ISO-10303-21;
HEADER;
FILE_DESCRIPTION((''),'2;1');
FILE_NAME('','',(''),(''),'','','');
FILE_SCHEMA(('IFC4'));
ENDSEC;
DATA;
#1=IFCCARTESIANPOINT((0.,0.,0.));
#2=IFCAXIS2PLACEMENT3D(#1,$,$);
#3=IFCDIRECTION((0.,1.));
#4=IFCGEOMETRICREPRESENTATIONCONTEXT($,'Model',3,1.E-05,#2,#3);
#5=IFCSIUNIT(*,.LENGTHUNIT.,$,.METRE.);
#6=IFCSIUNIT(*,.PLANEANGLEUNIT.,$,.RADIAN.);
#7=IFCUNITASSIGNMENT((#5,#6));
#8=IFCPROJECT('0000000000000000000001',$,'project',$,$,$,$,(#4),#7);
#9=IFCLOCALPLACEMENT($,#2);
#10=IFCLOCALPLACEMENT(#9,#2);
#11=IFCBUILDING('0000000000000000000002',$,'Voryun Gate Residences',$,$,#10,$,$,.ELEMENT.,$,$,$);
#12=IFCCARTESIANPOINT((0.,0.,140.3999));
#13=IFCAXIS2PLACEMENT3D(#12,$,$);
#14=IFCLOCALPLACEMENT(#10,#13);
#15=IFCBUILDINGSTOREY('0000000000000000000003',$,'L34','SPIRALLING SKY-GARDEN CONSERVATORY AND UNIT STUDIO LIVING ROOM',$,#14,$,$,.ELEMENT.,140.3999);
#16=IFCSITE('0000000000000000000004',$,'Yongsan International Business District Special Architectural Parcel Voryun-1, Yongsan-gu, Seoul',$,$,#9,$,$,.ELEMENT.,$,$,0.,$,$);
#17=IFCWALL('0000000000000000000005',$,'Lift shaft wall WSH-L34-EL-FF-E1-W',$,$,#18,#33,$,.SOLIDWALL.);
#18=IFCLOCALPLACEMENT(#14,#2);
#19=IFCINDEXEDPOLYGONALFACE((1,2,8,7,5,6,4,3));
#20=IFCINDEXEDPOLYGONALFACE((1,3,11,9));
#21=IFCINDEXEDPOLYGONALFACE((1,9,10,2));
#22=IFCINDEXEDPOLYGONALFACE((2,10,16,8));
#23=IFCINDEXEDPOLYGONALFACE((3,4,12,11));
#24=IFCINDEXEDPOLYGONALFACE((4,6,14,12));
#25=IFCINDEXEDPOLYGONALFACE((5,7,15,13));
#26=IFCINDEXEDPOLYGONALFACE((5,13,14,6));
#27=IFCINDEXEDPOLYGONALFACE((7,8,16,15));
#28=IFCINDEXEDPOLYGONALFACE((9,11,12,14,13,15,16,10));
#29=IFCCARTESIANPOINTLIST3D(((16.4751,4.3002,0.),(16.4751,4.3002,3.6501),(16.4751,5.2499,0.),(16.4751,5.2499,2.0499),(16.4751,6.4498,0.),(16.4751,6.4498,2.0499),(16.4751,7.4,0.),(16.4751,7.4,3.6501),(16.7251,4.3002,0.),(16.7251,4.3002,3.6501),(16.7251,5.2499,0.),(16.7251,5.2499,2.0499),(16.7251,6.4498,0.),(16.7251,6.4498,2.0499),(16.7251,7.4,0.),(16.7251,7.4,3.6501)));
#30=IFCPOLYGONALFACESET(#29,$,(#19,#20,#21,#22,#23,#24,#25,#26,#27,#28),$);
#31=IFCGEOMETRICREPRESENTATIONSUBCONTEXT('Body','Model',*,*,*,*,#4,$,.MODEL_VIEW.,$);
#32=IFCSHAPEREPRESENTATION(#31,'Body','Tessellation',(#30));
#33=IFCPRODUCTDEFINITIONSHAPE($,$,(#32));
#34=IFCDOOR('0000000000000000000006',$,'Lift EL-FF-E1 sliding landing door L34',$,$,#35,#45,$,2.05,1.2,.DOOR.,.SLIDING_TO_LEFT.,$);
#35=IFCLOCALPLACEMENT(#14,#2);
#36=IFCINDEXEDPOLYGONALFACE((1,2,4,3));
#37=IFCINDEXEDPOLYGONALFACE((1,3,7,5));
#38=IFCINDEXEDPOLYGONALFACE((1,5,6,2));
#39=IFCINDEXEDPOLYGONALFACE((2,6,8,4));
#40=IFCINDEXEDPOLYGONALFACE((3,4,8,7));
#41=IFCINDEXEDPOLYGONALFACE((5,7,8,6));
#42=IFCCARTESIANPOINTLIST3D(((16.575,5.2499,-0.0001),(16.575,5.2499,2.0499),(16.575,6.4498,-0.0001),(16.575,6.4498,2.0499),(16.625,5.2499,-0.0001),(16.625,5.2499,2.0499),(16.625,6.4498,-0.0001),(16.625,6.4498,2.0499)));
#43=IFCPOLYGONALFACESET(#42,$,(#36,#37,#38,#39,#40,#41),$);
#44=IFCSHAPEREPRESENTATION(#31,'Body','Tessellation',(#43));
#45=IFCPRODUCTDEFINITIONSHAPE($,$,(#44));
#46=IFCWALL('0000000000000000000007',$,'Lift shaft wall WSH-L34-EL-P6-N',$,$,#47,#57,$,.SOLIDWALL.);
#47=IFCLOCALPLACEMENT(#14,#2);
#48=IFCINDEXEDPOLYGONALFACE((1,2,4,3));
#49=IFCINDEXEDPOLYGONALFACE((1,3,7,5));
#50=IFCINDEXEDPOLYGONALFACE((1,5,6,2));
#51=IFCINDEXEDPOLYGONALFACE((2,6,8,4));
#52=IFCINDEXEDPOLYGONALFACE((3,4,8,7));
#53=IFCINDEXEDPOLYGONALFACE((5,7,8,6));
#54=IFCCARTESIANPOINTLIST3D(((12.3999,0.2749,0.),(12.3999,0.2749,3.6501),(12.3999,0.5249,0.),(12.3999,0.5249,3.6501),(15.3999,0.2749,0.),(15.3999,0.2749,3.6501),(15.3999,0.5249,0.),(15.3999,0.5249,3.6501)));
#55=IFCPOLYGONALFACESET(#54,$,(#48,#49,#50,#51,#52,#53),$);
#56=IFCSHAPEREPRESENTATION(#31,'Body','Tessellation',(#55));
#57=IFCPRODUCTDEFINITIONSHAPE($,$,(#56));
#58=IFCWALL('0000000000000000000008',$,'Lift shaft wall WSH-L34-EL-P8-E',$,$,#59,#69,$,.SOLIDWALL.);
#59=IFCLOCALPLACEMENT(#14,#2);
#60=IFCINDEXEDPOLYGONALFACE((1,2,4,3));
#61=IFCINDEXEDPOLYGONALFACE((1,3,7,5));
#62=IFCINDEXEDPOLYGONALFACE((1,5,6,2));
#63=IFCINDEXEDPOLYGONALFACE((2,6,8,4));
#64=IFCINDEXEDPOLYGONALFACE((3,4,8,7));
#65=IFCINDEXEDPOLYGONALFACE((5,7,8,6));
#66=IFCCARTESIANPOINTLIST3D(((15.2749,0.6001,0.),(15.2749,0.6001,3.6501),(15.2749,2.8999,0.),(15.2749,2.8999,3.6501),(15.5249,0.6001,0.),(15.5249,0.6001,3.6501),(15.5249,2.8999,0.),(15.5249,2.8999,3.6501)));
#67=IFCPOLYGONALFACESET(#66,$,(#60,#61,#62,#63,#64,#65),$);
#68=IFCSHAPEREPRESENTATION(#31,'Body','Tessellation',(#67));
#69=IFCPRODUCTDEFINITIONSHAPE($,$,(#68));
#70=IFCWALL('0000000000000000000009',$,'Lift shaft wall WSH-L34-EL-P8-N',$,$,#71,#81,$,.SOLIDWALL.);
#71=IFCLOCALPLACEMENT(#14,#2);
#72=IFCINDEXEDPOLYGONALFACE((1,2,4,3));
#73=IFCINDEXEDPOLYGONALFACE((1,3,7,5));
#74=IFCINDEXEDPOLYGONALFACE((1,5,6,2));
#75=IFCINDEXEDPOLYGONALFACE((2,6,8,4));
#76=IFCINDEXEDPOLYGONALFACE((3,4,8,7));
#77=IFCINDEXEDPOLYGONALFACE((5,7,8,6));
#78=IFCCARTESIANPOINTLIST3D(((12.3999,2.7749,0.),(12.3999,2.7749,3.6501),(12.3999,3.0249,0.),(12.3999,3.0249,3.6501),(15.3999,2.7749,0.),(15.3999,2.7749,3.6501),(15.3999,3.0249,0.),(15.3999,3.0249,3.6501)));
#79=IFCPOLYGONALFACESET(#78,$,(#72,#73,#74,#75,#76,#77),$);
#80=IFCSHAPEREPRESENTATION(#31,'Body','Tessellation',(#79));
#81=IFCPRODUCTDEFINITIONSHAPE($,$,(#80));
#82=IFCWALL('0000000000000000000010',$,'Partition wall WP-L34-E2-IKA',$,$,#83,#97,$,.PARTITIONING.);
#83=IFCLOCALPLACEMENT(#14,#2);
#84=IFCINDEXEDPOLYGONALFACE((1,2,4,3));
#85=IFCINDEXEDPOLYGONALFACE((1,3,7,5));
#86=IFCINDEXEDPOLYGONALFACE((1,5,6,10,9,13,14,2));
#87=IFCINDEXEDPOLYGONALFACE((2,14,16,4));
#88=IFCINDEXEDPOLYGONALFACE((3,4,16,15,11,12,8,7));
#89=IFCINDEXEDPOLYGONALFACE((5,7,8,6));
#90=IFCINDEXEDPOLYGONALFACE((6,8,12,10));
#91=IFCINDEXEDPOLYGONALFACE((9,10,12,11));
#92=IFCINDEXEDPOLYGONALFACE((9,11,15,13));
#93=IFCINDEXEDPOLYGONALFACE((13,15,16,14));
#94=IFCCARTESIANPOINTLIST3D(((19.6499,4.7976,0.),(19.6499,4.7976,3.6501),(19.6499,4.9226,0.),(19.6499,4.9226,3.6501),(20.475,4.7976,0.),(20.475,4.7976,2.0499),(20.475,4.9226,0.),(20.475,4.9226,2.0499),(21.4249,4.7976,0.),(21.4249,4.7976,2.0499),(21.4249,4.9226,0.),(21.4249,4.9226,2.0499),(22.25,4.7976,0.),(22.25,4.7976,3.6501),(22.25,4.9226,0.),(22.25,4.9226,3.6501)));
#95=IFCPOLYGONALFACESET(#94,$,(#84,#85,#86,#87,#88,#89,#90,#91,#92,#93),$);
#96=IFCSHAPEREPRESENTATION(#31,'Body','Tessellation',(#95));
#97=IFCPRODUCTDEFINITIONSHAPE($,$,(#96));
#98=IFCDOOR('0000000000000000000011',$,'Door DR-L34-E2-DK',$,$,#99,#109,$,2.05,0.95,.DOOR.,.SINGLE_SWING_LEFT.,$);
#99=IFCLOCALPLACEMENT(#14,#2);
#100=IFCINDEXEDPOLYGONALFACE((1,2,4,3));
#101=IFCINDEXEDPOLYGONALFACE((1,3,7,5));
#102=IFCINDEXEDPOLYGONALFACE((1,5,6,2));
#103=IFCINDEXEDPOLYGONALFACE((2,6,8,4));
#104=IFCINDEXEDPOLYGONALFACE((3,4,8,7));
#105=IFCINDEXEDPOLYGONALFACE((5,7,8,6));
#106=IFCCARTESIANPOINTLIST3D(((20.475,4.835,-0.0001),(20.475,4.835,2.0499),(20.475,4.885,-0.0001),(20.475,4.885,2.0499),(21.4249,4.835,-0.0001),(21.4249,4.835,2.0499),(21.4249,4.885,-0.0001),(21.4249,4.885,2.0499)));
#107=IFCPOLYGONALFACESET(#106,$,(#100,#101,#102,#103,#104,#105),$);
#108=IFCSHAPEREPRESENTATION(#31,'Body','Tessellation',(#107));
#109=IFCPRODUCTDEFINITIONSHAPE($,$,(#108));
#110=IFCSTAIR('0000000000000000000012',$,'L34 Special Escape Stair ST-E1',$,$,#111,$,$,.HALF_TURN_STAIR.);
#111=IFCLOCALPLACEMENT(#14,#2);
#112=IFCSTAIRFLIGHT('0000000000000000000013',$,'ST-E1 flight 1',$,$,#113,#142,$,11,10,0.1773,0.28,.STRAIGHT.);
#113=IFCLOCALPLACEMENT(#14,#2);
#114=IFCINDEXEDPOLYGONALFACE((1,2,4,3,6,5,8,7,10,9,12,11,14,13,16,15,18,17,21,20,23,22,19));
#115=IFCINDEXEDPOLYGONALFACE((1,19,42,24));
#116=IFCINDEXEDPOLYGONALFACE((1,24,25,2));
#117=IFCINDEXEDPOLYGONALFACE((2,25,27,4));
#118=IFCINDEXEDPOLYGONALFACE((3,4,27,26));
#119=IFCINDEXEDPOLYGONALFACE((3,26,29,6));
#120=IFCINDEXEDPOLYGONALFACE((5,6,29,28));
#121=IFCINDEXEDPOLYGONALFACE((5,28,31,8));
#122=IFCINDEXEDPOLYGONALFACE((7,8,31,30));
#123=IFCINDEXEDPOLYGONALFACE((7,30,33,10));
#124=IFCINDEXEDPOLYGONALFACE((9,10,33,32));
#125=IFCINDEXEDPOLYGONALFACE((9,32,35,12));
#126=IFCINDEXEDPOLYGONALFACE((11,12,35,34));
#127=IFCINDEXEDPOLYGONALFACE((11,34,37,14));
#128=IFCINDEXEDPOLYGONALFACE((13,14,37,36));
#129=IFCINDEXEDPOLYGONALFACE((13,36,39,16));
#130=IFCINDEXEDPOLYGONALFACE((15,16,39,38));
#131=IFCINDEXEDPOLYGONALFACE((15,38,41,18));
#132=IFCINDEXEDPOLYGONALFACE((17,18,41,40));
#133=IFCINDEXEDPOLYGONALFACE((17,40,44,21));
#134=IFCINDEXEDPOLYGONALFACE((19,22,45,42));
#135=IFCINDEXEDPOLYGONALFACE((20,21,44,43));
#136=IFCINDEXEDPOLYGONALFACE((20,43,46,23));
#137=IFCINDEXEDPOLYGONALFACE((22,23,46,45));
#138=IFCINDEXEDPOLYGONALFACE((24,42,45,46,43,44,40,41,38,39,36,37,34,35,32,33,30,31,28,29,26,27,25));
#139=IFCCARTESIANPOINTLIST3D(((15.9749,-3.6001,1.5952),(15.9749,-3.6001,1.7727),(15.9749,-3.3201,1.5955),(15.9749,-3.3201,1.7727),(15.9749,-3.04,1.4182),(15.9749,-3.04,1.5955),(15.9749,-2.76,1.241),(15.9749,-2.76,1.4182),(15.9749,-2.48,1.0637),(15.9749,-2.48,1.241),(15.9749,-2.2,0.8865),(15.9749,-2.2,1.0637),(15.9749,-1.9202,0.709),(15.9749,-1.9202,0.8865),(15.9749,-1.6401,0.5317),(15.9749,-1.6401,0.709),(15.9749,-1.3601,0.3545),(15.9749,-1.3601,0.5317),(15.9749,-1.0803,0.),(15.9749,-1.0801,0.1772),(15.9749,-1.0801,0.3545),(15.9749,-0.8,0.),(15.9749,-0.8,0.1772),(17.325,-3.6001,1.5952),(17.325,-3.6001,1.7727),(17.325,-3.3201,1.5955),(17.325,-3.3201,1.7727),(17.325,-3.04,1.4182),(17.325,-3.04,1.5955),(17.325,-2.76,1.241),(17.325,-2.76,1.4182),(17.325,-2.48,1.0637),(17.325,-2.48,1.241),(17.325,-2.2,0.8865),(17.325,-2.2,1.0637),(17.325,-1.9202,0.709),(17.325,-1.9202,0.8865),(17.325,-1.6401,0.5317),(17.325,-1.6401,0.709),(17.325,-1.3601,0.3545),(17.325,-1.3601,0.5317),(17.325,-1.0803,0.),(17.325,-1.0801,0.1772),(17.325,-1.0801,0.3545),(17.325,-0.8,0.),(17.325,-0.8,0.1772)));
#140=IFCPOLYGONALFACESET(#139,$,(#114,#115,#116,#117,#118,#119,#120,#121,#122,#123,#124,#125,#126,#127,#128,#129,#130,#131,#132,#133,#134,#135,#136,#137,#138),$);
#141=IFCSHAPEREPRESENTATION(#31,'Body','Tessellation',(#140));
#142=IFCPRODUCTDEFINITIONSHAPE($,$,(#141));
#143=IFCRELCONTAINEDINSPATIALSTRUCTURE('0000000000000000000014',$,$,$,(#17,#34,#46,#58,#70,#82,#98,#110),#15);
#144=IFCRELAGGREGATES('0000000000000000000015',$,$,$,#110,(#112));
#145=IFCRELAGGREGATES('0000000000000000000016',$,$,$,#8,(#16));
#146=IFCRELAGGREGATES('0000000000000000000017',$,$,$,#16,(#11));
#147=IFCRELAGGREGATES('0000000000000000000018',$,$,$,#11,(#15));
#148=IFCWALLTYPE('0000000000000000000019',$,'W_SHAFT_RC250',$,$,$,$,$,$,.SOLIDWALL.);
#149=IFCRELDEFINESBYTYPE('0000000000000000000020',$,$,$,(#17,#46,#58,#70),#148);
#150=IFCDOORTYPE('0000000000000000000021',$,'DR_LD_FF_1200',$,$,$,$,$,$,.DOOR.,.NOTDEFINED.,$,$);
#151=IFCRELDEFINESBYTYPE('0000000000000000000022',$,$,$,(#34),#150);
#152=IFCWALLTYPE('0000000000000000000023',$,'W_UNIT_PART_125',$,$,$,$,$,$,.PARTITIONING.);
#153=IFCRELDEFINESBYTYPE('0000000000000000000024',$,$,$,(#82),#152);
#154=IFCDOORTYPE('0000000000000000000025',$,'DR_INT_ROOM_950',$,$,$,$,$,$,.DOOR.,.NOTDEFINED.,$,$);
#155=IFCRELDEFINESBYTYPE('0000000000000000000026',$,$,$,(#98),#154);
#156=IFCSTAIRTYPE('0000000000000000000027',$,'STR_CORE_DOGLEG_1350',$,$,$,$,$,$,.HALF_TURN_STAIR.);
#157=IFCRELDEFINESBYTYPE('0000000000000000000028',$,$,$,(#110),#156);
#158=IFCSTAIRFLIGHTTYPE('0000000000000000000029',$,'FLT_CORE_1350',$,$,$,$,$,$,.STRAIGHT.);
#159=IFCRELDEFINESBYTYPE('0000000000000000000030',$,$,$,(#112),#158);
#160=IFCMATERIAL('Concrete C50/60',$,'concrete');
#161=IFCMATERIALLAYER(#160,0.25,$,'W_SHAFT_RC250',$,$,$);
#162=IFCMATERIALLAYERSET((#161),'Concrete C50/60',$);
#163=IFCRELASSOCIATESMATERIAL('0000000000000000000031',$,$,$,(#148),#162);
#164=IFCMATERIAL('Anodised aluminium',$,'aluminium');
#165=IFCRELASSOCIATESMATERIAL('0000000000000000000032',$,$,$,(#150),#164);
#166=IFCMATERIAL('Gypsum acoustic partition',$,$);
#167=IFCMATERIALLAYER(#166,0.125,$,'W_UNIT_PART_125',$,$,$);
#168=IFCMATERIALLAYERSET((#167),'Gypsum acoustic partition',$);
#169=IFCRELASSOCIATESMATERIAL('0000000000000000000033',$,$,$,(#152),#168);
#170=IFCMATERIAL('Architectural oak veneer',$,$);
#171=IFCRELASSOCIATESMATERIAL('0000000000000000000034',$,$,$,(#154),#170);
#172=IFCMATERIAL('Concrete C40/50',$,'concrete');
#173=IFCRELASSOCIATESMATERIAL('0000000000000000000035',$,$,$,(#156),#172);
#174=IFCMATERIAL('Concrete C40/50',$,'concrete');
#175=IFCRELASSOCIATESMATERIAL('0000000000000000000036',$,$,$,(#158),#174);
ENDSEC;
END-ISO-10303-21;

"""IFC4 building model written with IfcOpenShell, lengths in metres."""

from ifc_helpers import new_model, si_unit, direction, frame, frame_2d, origin, place, context, subcontext, project, spatial, polyline, rectangle, outline, extrude, material, layer, layer_set, type_object, element, fill, aggregate, save


model = new_model("IFC4")

# Units and contexts
model_context = context("Model", 3, precision=1e-05, world=origin(), true_north=direction((0.0, 1.0)))
body_context = subcontext(model_context, "Body", "Model", "MODEL_VIEW")
ifc_project = project(units=[si_unit("LENGTHUNIT", "METRE"), si_unit("PLANEANGLEUNIT", "RADIAN")], contexts=[model_context])

# Site, building, storey
site_placement = place(None, origin())
site = spatial("IfcSite", under=ifc_project, at=site_placement, Name="Yongsan International Business District Special Architectural Parcel Voryun-1, Yongsan-gu, Seoul", CompositionType="ELEMENT", RefElevation=0.0)
building_placement = place(site_placement, origin())
building = spatial("IfcBuilding", under=site, at=building_placement, Name="Voryun Gate Residences", CompositionType="ELEMENT")
storey_placement = place(building_placement, frame((0.0, 0.0, 140.3999)))
storey = spatial("IfcBuildingStorey", under=building, at=storey_placement, Name="L34", Description="SPIRALLING SKY-GARDEN CONSERVATORY AND UNIT STUDIO LIVING ROOM", CompositionType="ELEMENT", Elevation=140.3999)

# Shared definitions
ifc_material_1 = material(Name="Concrete C50/60", Category="concrete")
ifc_layer_1 = layer(ifc_material_1, 0.25, Name="W_SHAFT_RC250")
ifc_layer_set_1 = layer_set([ifc_layer_1], Name="Concrete C50/60")
wall_type_1 = type_object("IfcWallType", Name="W_SHAFT_RC250", PredefinedType="SOLIDWALL", material=ifc_layer_set_1)

# Wall, opening, door
wall_1_placement = place(storey_placement, frame((16.6001, 7.3999, 0.0), z_axis=(0.0, 0.0, 1.0), x_axis=(0.0, -1.0, 0.0)))
wall_1 = element("IfcWall", 1, at=wall_1_placement, inside=storey, type_object=wall_type_1, Name="Lift shaft wall WSH-L34-EL-FF-E1-W", PredefinedType="SOLIDWALL", context=body_context, shape_type="SweptSolid", body=[
    extrude(rectangle(XDim=3.0999, YDim=0.25, at=frame_2d((1.5498, 0.0))), origin(), (0.0, 0.0, 1.0), 3.6501),
])
opening_1_placement = place(wall_1_placement, frame((0.95, 0.0, 0.0)))
opening_1 = element("IfcOpeningElement", 2, at=opening_1_placement, cuts=wall_1, PredefinedType="OPENING", context=body_context, shape_type="SweptSolid", body=[
    extrude(rectangle(XDim=1.2, YDim=2.05, at=frame_2d((0.6001, 1.0249))), frame((0.0, 0.135, 0.0), z_axis=(0.0, -1.0, 0.0), x_axis=(1.0, 0.0, 0.0)), (0.0, 0.0, 1.0), 0.27),
])
ifc_material_2 = material(Name="Anodised aluminium", Category="aluminium")
door_type_1 = type_object("IfcDoorType", Name="DR_LD_FF_1200", OperationType="NOTDEFINED", PredefinedType="DOOR", material=ifc_material_2)
door_1_placement = place(opening_1_placement, origin())
door_1 = element("IfcDoor", 3, at=door_1_placement, inside=storey, type_object=door_type_1, Name="Lift EL-FF-E1 sliding landing door L34", OperationType="SLIDING_TO_LEFT", OverallHeight=2.05, OverallWidth=1.2, PredefinedType="DOOR", context=body_context, shape_type="SweptSolid", body=[
    extrude(rectangle(XDim=1.2, YDim=2.05, at=frame_2d((0.6001, 1.0249))), frame((0.0, 0.0249, 0.0), z_axis=(0.0, -1.0, 0.0), x_axis=(1.0, 0.0, 0.0)), (0.0, 0.0, 1.0), 0.05),
])
fill(opening_1, door_1)

# Walls
wall_2_placement = place(storey_placement, frame((15.3999, 0.3999, 0.0), z_axis=(0.0, 0.0, 1.0), x_axis=(-1.0, 0.0, 0.0)))
element("IfcWall", 4, at=wall_2_placement, inside=storey, type_object=wall_type_1, Name="Lift shaft wall WSH-L34-EL-P6-N", PredefinedType="SOLIDWALL", context=body_context, shape_type="SweptSolid", body=[
    extrude(rectangle(XDim=3.0, YDim=0.25, at=frame_2d((1.5, 0.0))), origin(), (0.0, 0.0, 1.0), 3.6501),
])
wall_3_placement = place(storey_placement, frame((15.3999, 0.6001, 0.0), z_axis=(0.0, 0.0, 1.0), x_axis=(0.0, 1.0, 0.0)))
element("IfcWall", 5, at=wall_3_placement, inside=storey, type_object=wall_type_1, Name="Lift shaft wall WSH-L34-EL-P8-E", PredefinedType="SOLIDWALL", context=body_context, shape_type="SweptSolid", body=[
    extrude(rectangle(XDim=2.2998, YDim=0.25, at=frame_2d((1.1499, 0.0))), origin(), (0.0, 0.0, 1.0), 3.6501),
])
wall_4_placement = place(storey_placement, frame((15.3999, 2.8999, 0.0), z_axis=(0.0, 0.0, 1.0), x_axis=(-1.0, 0.0, 0.0)))
element("IfcWall", 6, at=wall_4_placement, inside=storey, type_object=wall_type_1, Name="Lift shaft wall WSH-L34-EL-P8-N", PredefinedType="SOLIDWALL", context=body_context, shape_type="SweptSolid", body=[
    extrude(rectangle(XDim=3.0, YDim=0.25, at=frame_2d((1.5, 0.0))), origin(), (0.0, 0.0, 1.0), 3.6501),
])

# Wall, opening, door
ifc_material_3 = material(Name="Gypsum acoustic partition")
ifc_layer_2 = layer(ifc_material_3, 0.125, Name="W_UNIT_PART_125")
ifc_layer_set_2 = layer_set([ifc_layer_2], Name="Gypsum acoustic partition")
wall_type_2 = type_object("IfcWallType", Name="W_UNIT_PART_125", PredefinedType="PARTITIONING", material=ifc_layer_set_2)
wall_5_placement = place(storey_placement, frame((19.6499, 4.8601, 0.0), z_axis=(0.0, 0.0, 1.0), x_axis=(1.0, 0.0, 0.0)))
wall_5 = element("IfcWall", 7, at=wall_5_placement, inside=storey, type_object=wall_type_2, Name="Partition wall WP-L34-E2-IKA", PredefinedType="PARTITIONING", context=body_context, shape_type="SweptSolid", body=[
    extrude(rectangle(XDim=2.6001, YDim=0.125, at=frame_2d((1.3, 0.0))), origin(), (0.0, 0.0, 1.0), 3.6501),
])
opening_2_placement = place(wall_5_placement, frame((0.825, 0.0, 0.0)))
opening_2 = element("IfcOpeningElement", 8, at=opening_2_placement, cuts=wall_5, PredefinedType="OPENING", context=body_context, shape_type="SweptSolid", body=[
    extrude(rectangle(XDim=0.95, YDim=2.05, at=frame_2d((0.4751, 1.0249))), frame((0.0, 0.0725, 0.0), z_axis=(0.0, -1.0, 0.0), x_axis=(1.0, 0.0, 0.0)), (0.0, 0.0, 1.0), 0.145),
])
ifc_material_4 = material(Name="Architectural oak veneer")
door_type_2 = type_object("IfcDoorType", Name="DR_INT_ROOM_950", OperationType="NOTDEFINED", PredefinedType="DOOR", material=ifc_material_4)
door_2_placement = place(opening_2_placement, origin())
door_2 = element("IfcDoor", 9, at=door_2_placement, inside=storey, type_object=door_type_2, Name="Door DR-L34-E2-DK", OperationType="SINGLE_SWING_LEFT", OverallHeight=2.05, OverallWidth=0.95, PredefinedType="DOOR", context=body_context, shape_type="SweptSolid", body=[
    extrude(rectangle(XDim=0.95, YDim=2.05, at=frame_2d((0.4751, 1.0249))), frame((0.0, 0.0249, 0.0), z_axis=(0.0, -1.0, 0.0), x_axis=(1.0, 0.0, 0.0)), (0.0, 0.0, 1.0), 0.05),
])
fill(opening_2, door_2)

# Stair, stair flight
ifc_material_5 = material(Name="Concrete C40/50", Category="concrete")
stair_type = type_object("IfcStairType", Name="STR_CORE_DOGLEG_1350", PredefinedType="HALF_TURN_STAIR", material=ifc_material_5)
stair_placement = place(storey_placement, origin())
stair = element("IfcStair", 10, at=stair_placement, inside=storey, type_object=stair_type, Name="L34 Special Escape Stair ST-E1", PredefinedType="HALF_TURN_STAIR")
ifc_material_6 = material(Name="Concrete C40/50", Category="concrete")
stair_flight_type = type_object("IfcStairFlightType", Name="FLT_CORE_1350", PredefinedType="STRAIGHT", material=ifc_material_6)
stair_flight_placement = place(storey_placement, frame((16.6499, -0.8, 0.0), z_axis=(0.0, 0.0, 1.0), x_axis=(0.0, -1.0, 0.0)))
stair_flight = element("IfcStairFlight", 11, at=stair_flight_placement, type_object=stair_flight_type, Name="ST-E1 flight 1", NumberOfRisers=11, NumberOfTreads=10, PredefinedType="STRAIGHT", RiserHeight=0.1773, TreadLength=0.28, context=body_context, shape_type="SweptSolid", body=[
    extrude(outline(polyline([(0.0, 0.0), (0.0, 0.1772), (0.28, 0.1772), (0.28, 0.3545), (0.5601, 0.3545), (0.5601, 0.5317), (0.8401, 0.5317), (0.8401, 0.709), (1.1201, 0.709), (1.1201, 0.8865), (1.3999, 0.8865), (1.3999, 1.0637), (1.6799, 1.0637), (1.6799, 1.241), (1.96, 1.241), (1.96, 1.4182), (2.24, 1.4182), (2.24, 1.5955), (2.52, 1.5955), (2.52, 1.7727), (2.8, 1.7727), (2.8, 1.95), (2.8, 1.5952), (0.2803, 0.0), (0.0, 0.0)])), frame((0.0, 0.675, 0.0), z_axis=(0.0, -1.0, 0.0), x_axis=(1.0, 0.0, 0.0)), (0.0, 0.0, 1.0), 1.3501),
])
aggregate(stair, [stair_flight])

save(model, "model.ifc")
